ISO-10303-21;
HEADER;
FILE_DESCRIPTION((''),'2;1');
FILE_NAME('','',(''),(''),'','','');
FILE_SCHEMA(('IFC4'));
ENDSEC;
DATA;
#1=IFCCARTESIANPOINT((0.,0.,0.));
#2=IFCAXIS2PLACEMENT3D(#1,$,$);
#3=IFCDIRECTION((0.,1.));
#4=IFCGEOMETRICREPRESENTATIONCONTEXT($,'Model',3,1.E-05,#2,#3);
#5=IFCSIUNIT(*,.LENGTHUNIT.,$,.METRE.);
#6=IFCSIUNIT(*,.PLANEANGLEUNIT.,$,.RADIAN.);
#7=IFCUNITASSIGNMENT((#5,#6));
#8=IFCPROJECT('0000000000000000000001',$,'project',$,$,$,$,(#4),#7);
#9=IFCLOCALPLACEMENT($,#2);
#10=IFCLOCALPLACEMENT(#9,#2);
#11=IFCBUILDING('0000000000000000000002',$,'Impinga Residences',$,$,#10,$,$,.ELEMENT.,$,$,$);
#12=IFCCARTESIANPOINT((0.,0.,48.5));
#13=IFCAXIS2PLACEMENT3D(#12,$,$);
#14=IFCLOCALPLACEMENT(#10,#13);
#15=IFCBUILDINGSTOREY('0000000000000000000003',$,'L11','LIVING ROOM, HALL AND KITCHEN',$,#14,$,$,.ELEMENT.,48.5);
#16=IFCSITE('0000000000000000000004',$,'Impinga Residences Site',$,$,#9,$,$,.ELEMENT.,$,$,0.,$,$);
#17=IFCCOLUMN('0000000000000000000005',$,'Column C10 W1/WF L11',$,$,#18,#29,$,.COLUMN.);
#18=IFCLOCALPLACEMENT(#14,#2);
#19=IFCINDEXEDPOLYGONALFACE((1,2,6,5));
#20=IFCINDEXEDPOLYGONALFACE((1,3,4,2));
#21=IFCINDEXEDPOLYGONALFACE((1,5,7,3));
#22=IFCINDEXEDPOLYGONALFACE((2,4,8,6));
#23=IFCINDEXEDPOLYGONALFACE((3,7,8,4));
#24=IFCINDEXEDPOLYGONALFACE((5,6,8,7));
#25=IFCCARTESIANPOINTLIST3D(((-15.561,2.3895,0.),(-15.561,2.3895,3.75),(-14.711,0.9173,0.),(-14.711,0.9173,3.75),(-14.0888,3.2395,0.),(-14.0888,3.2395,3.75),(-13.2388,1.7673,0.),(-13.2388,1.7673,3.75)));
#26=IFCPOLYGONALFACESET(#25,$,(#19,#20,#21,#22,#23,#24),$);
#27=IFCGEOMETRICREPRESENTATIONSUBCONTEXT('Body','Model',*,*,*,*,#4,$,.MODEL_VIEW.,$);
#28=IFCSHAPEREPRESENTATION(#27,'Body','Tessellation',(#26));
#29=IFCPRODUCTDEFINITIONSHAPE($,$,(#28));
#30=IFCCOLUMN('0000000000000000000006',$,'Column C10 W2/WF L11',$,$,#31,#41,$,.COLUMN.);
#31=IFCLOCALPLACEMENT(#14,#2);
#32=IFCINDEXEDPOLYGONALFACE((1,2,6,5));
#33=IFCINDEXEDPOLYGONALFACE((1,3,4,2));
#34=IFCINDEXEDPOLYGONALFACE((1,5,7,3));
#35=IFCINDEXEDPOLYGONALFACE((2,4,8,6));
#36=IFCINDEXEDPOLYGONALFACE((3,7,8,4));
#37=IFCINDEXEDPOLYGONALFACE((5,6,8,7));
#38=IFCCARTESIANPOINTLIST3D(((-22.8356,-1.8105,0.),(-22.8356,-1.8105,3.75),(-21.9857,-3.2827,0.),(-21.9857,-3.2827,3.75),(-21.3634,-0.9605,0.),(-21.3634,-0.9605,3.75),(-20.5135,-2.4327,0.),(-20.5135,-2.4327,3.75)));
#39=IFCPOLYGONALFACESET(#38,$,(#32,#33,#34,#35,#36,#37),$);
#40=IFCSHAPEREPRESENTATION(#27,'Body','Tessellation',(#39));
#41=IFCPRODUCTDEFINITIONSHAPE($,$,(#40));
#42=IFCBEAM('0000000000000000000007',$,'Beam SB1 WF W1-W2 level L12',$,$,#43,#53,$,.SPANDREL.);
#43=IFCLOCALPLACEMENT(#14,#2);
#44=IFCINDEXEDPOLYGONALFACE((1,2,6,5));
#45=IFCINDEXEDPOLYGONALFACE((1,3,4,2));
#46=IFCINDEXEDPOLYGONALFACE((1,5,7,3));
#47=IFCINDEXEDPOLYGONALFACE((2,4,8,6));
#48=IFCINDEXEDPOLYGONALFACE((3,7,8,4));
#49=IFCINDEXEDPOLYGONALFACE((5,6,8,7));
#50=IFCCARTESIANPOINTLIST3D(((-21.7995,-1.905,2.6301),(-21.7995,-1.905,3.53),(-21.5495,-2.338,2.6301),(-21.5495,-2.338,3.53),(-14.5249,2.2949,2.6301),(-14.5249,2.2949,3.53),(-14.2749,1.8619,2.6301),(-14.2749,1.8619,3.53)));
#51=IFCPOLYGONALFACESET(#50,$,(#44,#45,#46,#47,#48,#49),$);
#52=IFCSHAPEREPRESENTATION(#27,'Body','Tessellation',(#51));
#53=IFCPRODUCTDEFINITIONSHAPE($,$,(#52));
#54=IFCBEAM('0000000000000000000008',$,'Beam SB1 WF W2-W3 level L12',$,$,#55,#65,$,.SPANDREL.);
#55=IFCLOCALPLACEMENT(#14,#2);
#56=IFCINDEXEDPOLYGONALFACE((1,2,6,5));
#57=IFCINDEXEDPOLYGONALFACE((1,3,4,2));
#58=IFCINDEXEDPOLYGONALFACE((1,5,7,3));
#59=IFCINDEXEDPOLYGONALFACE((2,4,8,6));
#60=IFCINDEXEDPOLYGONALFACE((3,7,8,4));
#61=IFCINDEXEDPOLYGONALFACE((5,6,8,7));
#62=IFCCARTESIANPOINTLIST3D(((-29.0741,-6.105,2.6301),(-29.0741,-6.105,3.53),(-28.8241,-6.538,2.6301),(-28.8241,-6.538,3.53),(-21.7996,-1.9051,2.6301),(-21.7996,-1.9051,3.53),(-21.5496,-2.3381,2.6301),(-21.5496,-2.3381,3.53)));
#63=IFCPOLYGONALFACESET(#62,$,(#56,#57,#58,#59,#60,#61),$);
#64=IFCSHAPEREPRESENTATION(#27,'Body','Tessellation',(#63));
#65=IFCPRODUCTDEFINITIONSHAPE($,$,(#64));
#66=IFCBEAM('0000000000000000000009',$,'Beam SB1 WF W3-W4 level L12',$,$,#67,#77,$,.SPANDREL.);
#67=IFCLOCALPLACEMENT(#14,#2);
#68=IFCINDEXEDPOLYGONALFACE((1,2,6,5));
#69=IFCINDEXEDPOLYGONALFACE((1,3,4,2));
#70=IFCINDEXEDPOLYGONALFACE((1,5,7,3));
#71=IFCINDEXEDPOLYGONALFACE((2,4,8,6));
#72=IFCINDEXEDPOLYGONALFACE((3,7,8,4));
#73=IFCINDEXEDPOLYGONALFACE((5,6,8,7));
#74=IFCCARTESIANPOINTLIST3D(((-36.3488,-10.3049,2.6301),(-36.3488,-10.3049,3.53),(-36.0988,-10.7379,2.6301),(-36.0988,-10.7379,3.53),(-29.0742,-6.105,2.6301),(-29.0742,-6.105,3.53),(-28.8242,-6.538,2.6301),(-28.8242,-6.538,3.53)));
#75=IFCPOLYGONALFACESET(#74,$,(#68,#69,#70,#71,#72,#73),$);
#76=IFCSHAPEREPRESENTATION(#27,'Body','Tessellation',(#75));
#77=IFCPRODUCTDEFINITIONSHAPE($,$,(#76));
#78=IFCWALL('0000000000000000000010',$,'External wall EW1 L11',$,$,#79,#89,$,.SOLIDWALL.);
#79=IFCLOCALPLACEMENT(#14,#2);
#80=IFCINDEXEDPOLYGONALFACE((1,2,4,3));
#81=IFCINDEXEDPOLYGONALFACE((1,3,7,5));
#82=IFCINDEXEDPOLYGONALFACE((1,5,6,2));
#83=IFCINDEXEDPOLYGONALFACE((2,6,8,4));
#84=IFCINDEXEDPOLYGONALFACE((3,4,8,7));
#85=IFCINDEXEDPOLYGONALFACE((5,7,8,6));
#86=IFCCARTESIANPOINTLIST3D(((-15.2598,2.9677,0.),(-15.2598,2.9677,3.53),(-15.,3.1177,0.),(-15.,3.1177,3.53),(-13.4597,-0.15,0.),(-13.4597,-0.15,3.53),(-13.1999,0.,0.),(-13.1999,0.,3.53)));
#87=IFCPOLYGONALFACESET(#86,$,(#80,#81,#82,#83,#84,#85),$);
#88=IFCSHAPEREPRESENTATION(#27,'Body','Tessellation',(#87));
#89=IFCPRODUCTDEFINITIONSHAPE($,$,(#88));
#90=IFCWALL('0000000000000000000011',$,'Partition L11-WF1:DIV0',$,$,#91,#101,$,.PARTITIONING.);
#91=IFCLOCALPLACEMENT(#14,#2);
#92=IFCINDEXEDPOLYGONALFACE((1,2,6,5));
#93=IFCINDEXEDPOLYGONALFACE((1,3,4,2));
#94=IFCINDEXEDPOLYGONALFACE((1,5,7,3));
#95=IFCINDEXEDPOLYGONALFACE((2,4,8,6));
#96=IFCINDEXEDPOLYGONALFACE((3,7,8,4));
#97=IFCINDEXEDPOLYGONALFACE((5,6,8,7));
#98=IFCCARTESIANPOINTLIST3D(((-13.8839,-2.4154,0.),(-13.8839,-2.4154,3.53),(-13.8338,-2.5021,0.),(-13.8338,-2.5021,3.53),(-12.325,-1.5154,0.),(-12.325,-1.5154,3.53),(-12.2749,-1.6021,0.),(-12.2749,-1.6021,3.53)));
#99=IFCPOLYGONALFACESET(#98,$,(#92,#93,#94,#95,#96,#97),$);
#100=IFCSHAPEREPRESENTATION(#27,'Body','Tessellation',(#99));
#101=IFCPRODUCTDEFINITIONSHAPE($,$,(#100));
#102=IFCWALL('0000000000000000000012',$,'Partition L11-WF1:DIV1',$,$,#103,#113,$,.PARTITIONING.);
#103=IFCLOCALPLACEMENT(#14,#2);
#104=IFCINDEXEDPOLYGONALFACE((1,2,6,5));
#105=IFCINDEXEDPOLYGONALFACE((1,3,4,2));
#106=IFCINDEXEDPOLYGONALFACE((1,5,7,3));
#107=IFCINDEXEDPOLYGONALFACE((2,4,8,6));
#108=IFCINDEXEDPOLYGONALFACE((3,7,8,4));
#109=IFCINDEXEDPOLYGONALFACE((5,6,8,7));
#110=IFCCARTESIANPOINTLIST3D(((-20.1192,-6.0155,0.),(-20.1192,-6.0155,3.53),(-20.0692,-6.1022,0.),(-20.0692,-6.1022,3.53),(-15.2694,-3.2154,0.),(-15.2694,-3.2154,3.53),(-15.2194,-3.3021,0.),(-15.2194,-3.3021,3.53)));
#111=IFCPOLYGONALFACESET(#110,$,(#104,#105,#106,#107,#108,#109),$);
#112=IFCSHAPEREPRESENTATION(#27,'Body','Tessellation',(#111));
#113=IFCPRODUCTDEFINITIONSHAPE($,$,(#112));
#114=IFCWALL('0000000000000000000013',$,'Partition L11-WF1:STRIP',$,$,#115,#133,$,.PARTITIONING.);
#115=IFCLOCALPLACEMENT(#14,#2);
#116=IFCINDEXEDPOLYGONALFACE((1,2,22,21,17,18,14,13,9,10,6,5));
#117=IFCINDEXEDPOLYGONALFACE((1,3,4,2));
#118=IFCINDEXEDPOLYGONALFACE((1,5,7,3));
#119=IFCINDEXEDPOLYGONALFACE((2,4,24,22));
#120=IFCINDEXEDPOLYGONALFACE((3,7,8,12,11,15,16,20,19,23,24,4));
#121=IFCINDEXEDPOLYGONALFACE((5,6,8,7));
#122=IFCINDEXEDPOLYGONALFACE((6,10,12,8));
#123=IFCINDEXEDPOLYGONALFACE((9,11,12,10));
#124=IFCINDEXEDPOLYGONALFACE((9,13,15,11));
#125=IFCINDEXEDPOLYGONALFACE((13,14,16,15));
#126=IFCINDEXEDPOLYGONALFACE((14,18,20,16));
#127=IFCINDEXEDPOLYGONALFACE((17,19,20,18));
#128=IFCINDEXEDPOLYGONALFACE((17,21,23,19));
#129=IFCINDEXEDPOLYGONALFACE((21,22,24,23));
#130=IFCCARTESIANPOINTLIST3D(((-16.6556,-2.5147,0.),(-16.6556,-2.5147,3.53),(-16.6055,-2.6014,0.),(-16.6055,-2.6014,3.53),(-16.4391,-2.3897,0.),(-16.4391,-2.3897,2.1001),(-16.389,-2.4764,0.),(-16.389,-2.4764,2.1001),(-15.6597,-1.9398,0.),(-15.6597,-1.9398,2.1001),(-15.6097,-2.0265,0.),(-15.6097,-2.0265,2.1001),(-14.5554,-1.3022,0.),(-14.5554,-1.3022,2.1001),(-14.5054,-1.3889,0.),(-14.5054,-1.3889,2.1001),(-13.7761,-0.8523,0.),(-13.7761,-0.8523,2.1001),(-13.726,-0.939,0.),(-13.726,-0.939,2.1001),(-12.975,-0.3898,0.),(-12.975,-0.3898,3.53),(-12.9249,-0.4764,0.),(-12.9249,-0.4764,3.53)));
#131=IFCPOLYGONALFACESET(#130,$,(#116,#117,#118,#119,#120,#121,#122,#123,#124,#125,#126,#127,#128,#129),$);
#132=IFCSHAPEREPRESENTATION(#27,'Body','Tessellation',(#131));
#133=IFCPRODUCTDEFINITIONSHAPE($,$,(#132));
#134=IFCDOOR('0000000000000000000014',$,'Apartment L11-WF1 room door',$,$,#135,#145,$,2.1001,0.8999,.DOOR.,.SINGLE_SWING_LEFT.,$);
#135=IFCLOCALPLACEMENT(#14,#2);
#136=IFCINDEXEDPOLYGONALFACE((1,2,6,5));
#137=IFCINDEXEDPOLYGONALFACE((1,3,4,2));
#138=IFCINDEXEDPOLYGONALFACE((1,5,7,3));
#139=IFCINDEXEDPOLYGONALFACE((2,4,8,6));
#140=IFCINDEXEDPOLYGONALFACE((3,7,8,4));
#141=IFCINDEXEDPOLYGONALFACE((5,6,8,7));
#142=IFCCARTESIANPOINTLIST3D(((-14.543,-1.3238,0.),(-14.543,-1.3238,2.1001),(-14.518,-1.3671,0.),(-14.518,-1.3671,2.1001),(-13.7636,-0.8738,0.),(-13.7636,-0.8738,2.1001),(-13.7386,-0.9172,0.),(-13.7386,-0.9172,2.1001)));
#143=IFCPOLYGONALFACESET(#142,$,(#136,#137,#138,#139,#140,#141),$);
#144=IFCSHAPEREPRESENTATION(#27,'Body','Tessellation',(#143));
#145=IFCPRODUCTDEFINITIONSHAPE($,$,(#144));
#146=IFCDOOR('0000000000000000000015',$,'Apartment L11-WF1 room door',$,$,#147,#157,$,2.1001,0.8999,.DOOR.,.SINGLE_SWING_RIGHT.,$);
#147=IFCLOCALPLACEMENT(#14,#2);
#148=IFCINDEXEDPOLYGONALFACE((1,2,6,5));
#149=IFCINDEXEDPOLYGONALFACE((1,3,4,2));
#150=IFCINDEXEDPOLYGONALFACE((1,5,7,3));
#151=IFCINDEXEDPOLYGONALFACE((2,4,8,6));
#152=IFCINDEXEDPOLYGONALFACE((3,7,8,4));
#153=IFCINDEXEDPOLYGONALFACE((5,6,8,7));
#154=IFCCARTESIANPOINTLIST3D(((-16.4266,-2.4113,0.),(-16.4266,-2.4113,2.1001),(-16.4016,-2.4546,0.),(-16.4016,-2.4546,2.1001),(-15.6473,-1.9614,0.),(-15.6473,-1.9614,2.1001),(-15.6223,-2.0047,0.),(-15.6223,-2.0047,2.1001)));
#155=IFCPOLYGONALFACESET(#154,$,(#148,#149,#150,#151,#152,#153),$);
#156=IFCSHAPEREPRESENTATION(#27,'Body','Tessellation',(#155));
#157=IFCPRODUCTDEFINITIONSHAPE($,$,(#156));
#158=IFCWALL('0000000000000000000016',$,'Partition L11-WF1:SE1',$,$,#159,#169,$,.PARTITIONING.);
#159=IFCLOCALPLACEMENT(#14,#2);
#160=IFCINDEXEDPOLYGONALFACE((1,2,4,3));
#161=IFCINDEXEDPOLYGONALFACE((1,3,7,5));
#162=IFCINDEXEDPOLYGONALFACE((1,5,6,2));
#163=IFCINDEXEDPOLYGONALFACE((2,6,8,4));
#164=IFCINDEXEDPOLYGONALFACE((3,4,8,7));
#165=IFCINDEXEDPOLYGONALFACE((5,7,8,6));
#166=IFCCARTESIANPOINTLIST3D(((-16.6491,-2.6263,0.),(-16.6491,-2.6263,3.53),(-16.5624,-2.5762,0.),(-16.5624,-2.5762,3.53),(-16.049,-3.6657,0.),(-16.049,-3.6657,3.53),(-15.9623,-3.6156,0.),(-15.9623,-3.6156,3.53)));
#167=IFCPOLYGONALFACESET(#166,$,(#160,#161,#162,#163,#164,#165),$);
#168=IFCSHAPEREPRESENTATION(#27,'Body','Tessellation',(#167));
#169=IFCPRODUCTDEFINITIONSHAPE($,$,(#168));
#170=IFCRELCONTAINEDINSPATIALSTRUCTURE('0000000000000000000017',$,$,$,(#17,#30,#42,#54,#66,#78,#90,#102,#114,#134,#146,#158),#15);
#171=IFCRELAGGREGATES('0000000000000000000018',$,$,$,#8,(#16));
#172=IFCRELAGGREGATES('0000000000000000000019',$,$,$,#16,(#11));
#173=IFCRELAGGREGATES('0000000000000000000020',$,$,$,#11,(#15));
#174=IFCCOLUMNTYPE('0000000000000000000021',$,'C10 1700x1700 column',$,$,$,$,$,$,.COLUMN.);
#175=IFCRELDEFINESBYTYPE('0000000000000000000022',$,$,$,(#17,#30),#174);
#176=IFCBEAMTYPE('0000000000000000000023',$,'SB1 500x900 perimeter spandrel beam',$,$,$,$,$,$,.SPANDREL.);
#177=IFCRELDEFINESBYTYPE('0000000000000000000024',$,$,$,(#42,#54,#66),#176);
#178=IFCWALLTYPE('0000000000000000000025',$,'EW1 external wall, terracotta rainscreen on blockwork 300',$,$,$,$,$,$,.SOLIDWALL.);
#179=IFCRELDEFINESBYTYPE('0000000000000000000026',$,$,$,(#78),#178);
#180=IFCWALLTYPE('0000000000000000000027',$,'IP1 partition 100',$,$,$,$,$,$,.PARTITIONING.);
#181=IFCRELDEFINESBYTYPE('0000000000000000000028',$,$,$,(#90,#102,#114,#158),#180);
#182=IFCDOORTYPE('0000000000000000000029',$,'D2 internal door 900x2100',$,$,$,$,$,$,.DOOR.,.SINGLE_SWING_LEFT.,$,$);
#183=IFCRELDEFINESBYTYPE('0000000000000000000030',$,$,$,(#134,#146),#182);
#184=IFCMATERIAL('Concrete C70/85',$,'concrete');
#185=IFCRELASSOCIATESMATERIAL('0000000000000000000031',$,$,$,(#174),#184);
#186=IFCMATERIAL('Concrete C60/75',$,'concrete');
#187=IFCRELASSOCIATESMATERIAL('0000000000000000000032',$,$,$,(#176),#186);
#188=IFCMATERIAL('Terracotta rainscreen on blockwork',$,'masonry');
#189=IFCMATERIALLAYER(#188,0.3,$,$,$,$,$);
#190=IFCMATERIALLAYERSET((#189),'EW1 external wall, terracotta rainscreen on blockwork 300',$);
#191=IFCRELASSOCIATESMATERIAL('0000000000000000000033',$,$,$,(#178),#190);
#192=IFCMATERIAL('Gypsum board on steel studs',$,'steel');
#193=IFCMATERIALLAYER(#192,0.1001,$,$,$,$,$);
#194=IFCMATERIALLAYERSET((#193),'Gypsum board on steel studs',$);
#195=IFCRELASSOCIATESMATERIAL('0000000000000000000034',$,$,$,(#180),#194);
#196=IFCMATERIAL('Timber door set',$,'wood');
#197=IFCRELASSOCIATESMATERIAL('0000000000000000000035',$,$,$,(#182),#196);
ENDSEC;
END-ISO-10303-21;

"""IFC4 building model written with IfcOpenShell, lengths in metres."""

from ifc_helpers import new_model, si_unit, direction, frame, frame_2d, origin, origin_2d, place, context, subcontext, project, spatial, rectangle, extrude, material, layer, layer_set, material_profile, profile_set, type_object, element, fill, save


model = new_model("IFC4")

# Units and contexts
model_context = context("Model", 3, precision=1e-05, world=origin(), true_north=direction((0.0, 1.0)))
body_context = subcontext(model_context, "Body", "Model", "MODEL_VIEW")
ifc_project = project(units=[si_unit("LENGTHUNIT", "METRE"), si_unit("PLANEANGLEUNIT", "RADIAN")], contexts=[model_context])

# Site, building, storey
site_placement = place(None, origin())
site = spatial("IfcSite", under=ifc_project, at=site_placement, Name="Impinga Residences Site", CompositionType="ELEMENT", RefElevation=0.0)
building_placement = place(site_placement, origin())
building = spatial("IfcBuilding", under=site, at=building_placement, Name="Impinga Residences", CompositionType="ELEMENT")
storey_placement = place(building_placement, frame((0.0, 0.0, 48.5)))
storey = spatial("IfcBuildingStorey", under=building, at=storey_placement, Name="L11", Description="LIVING ROOM, HALL AND KITCHEN", CompositionType="ELEMENT", Elevation=48.5)

# Columns
ifc_material_1 = material(Name="Concrete C70/85", Category="concrete")
ifc_material_profile_1 = material_profile(ifc_material_1, rectangle(XDim=1.7, YDim=1.7, at=origin_2d()), Name="RC 1700x1700")
ifc_profile_set_1 = profile_set([ifc_material_profile_1], Name="Concrete C70/85")
column_type = type_object("IfcColumnType", Name="C10 1700x1700 column", PredefinedType="COLUMN", material=ifc_profile_set_1)
for number, where, z_axis, x_axis, name in (
    (1, (-14.3999, 2.0784, 0.0), (0.0, 0.0, 1.0), (-0.5, 0.866025, 0.0), "Column C10 W1/WF L11"),
    (2, (-21.6746, -2.1216, 0.0), (0.0, 0.0, 1.0), (-0.5, 0.866025, 0.0), "Column C10 W2/WF L11"),
):
    element("IfcColumn", number, at=place(storey_placement, frame(where, z_axis=z_axis, x_axis=x_axis)), inside=storey, type_object=column_type, Name=name, PredefinedType="COLUMN", context=body_context, shape_type="SweptSolid", body=[
        extrude(rectangle(XDim=1.7, YDim=1.7, at=origin_2d()), origin(), (0.0, 0.0, 1.0), 3.75),
    ])

# Beams
ifc_material_2 = material(Name="Concrete C60/75", Category="concrete")
ifc_material_profile_2 = material_profile(ifc_material_2, rectangle(XDim=0.5, YDim=0.8999, at=origin_2d()), Name="RC 500x900")
ifc_profile_set_2 = profile_set([ifc_material_profile_2], Name="Concrete C60/75")
beam_type = type_object("IfcBeamType", Name="SB1 500x900 perimeter spandrel beam", PredefinedType="SPANDREL", material=ifc_profile_set_2)
for number, where, z_axis, x_axis, name in (
    (3, (-14.3999, 2.0784, 3.0801), (-0.866029, -0.499993, 0.0), (0.499993, -0.866029, 0.0), "Beam SB1 WF W1-W2 level L12"),
    (4, (-21.6746, -2.1216, 3.0801), (-0.866029, -0.499993, 0.0), (0.499993, -0.866029, 0.0), "Beam SB1 WF W2-W3 level L12"),
    (5, (-28.9492, -6.3215, 3.0801), (-0.866029, -0.499993, 0.0), (0.499993, -0.866029, 0.0), "Beam SB1 WF W3-W4 level L12"),
):
    element("IfcBeam", number, at=place(storey_placement, frame(where, z_axis=z_axis, x_axis=x_axis)), inside=storey, type_object=beam_type, Name=name, PredefinedType="SPANDREL", context=body_context, shape_type="SweptSolid", body=[
        extrude(rectangle(XDim=0.5, YDim=0.8999, at=origin_2d()), origin(), (0.0, 0.0, 1.0), 8.3999),
    ])

# Walls
ifc_material_3 = material(Name="Terracotta rainscreen on blockwork", Category="masonry")
ifc_layer_1 = layer(ifc_material_3, 0.3)
ifc_layer_set_1 = layer_set([ifc_layer_1], Name="EW1 external wall, terracotta rainscreen on blockwork 300")
wall_type_1 = type_object("IfcWallType", Name="EW1 external wall, terracotta rainscreen on blockwork 300", PredefinedType="SOLIDWALL", material=ifc_layer_set_1)
wall_1_placement = place(storey_placement, frame((-15.1299, 3.0427, 0.0), z_axis=(0.0, 0.0, 1.0), x_axis=(0.500012, -0.866018, 0.0)))
element("IfcWall", 6, at=wall_1_placement, inside=storey, type_object=wall_type_1, Name="External wall EW1 L11", PredefinedType="SOLIDWALL", context=body_context, shape_type="SweptSolid", body=[
    extrude(rectangle(XDim=3.6001, YDim=0.3, at=frame_2d((1.8, 0.0))), origin(), (0.0, 0.0, 1.0), 3.53),
])
ifc_material_4 = material(Name="Gypsum board on steel studs", Category="steel")
ifc_layer_2 = layer(ifc_material_4, 0.1001)
ifc_layer_set_2 = layer_set([ifc_layer_2], Name="Gypsum board on steel studs")
wall_type_2 = type_object("IfcWallType", Name="IP1 partition 100", PredefinedType="PARTITIONING", material=ifc_layer_set_2)
wall_2_placement = place(storey_placement, frame((-12.3, -1.5588, 0.0), z_axis=(0.0, 0.0, 1.0), x_axis=(-0.866048, -0.499961, 0.0)))
element("IfcWall", 7, at=wall_2_placement, inside=storey, type_object=wall_type_2, Name="Partition L11-WF1:DIV0", PredefinedType="PARTITIONING", context=body_context, shape_type="SweptSolid", body=[
    extrude(rectangle(XDim=1.8, YDim=0.1001, at=frame_2d((0.8999, 0.0))), origin(), (0.0, 0.0, 1.0), 3.53),
])
wall_3_placement = place(storey_placement, frame((-15.2444, -3.2588, 0.0), z_axis=(0.0, 0.0, 1.0), x_axis=(-0.866027, -0.499998, 0.0)))
element("IfcWall", 8, at=wall_3_placement, inside=storey, type_object=wall_type_2, Name="Partition L11-WF1:DIV1", PredefinedType="PARTITIONING", context=body_context, shape_type="SweptSolid", body=[
    extrude(rectangle(XDim=5.6001, YDim=0.1001, at=frame_2d((2.8, 0.0))), origin(), (0.0, 0.0, 1.0), 3.53),
])

# Wall, openings, doors
wall_4_placement = place(storey_placement, frame((-12.95, -0.4331, 0.0), z_axis=(0.0, 0.0, 1.0), x_axis=(-0.866029, -0.499994, 0.0)))
wall_4 = element("IfcWall", 9, at=wall_4_placement, inside=storey, type_object=wall_type_2, Name="Partition L11-WF1:STRIP", PredefinedType="PARTITIONING", context=body_context, shape_type="SweptSolid", body=[
    extrude(rectangle(XDim=4.25, YDim=0.1001, at=frame_2d((2.125, 0.0))), origin(), (0.0, 0.0, 1.0), 3.53),
])
opening_1_placement = place(wall_4_placement, frame((0.925, 0.0, 0.0)))
opening_1 = element("IfcOpeningElement", 10, at=opening_1_placement, cuts=wall_4, PredefinedType="OPENING", context=body_context, shape_type="SweptSolid", body=[
    extrude(rectangle(XDim=0.8999, YDim=2.1001, at=frame_2d((0.45, 1.05))), frame((0.0, 0.0601, 0.0), z_axis=(0.0, -1.0, 0.0), x_axis=(1.0, 0.0, 0.0)), (0.0, 0.0, 1.0), 0.1201),
])
opening_2_placement = place(wall_4_placement, frame((3.1001, 0.0, 0.0)))
opening_2 = element("IfcOpeningElement", 11, at=opening_2_placement, cuts=wall_4, PredefinedType="OPENING", context=body_context, shape_type="SweptSolid", body=[
    extrude(rectangle(XDim=0.8999, YDim=2.1001, at=frame_2d((0.45, 1.05))), frame((0.0, 0.0601, 0.0), z_axis=(0.0, -1.0, 0.0), x_axis=(1.0, 0.0, 0.0)), (0.0, 0.0, 1.0), 0.1201),
])
ifc_material_5 = material(Name="Timber door set", Category="wood")
door_type = type_object("IfcDoorType", Name="D2 internal door 900x2100", OperationType="SINGLE_SWING_LEFT", PredefinedType="DOOR", material=ifc_material_5)
door_1_placement = place(opening_1_placement, origin())
door_1 = element("IfcDoor", 12, at=door_1_placement, inside=storey, type_object=door_type, Name="Apartment L11-WF1 room door", OperationType="SINGLE_SWING_LEFT", OverallHeight=2.1001, OverallWidth=0.8999, PredefinedType="DOOR", context=body_context, shape_type="SweptSolid", body=[
    extrude(rectangle(XDim=0.8999, YDim=2.1001, at=frame_2d((0.45, 1.05))), frame((0.0, 0.0249, 0.0), z_axis=(0.0, -1.0, 0.0), x_axis=(1.0, 0.0, 0.0)), (0.0, 0.0, 1.0), 0.05),
])
fill(opening_1, door_1)
door_2_placement = place(opening_2_placement, origin())
door_2 = element("IfcDoor", 13, at=door_2_placement, inside=storey, type_object=door_type, Name="Apartment L11-WF1 room door", OperationType="SINGLE_SWING_RIGHT", OverallHeight=2.1001, OverallWidth=0.8999, PredefinedType="DOOR", context=body_context, shape_type="SweptSolid", body=[
    extrude(rectangle(XDim=0.8999, YDim=2.1001, at=frame_2d((0.45, 1.05))), frame((0.0, 0.0249, 0.0), z_axis=(0.0, -1.0, 0.0), x_axis=(1.0, 0.0, 0.0)), (0.0, 0.0, 1.0), 0.05),
])
fill(opening_2, door_2)

# Wall
wall_5_placement = place(storey_placement, frame((-16.0056, -3.6406, 0.0), z_axis=(0.0, 0.0, 1.0), x_axis=(-0.500034, 0.866006, 0.0)))
element("IfcWall", 14, at=wall_5_placement, inside=storey, type_object=wall_type_2, Name="Partition L11-WF1:SE1", PredefinedType="PARTITIONING", context=body_context, shape_type="SweptSolid", body=[
    extrude(rectangle(XDim=1.2002, YDim=0.1001, at=frame_2d((0.6001, 0.0))), origin(), (0.0, 0.0, 1.0), 3.53),
])

save(model, "model.ifc")
